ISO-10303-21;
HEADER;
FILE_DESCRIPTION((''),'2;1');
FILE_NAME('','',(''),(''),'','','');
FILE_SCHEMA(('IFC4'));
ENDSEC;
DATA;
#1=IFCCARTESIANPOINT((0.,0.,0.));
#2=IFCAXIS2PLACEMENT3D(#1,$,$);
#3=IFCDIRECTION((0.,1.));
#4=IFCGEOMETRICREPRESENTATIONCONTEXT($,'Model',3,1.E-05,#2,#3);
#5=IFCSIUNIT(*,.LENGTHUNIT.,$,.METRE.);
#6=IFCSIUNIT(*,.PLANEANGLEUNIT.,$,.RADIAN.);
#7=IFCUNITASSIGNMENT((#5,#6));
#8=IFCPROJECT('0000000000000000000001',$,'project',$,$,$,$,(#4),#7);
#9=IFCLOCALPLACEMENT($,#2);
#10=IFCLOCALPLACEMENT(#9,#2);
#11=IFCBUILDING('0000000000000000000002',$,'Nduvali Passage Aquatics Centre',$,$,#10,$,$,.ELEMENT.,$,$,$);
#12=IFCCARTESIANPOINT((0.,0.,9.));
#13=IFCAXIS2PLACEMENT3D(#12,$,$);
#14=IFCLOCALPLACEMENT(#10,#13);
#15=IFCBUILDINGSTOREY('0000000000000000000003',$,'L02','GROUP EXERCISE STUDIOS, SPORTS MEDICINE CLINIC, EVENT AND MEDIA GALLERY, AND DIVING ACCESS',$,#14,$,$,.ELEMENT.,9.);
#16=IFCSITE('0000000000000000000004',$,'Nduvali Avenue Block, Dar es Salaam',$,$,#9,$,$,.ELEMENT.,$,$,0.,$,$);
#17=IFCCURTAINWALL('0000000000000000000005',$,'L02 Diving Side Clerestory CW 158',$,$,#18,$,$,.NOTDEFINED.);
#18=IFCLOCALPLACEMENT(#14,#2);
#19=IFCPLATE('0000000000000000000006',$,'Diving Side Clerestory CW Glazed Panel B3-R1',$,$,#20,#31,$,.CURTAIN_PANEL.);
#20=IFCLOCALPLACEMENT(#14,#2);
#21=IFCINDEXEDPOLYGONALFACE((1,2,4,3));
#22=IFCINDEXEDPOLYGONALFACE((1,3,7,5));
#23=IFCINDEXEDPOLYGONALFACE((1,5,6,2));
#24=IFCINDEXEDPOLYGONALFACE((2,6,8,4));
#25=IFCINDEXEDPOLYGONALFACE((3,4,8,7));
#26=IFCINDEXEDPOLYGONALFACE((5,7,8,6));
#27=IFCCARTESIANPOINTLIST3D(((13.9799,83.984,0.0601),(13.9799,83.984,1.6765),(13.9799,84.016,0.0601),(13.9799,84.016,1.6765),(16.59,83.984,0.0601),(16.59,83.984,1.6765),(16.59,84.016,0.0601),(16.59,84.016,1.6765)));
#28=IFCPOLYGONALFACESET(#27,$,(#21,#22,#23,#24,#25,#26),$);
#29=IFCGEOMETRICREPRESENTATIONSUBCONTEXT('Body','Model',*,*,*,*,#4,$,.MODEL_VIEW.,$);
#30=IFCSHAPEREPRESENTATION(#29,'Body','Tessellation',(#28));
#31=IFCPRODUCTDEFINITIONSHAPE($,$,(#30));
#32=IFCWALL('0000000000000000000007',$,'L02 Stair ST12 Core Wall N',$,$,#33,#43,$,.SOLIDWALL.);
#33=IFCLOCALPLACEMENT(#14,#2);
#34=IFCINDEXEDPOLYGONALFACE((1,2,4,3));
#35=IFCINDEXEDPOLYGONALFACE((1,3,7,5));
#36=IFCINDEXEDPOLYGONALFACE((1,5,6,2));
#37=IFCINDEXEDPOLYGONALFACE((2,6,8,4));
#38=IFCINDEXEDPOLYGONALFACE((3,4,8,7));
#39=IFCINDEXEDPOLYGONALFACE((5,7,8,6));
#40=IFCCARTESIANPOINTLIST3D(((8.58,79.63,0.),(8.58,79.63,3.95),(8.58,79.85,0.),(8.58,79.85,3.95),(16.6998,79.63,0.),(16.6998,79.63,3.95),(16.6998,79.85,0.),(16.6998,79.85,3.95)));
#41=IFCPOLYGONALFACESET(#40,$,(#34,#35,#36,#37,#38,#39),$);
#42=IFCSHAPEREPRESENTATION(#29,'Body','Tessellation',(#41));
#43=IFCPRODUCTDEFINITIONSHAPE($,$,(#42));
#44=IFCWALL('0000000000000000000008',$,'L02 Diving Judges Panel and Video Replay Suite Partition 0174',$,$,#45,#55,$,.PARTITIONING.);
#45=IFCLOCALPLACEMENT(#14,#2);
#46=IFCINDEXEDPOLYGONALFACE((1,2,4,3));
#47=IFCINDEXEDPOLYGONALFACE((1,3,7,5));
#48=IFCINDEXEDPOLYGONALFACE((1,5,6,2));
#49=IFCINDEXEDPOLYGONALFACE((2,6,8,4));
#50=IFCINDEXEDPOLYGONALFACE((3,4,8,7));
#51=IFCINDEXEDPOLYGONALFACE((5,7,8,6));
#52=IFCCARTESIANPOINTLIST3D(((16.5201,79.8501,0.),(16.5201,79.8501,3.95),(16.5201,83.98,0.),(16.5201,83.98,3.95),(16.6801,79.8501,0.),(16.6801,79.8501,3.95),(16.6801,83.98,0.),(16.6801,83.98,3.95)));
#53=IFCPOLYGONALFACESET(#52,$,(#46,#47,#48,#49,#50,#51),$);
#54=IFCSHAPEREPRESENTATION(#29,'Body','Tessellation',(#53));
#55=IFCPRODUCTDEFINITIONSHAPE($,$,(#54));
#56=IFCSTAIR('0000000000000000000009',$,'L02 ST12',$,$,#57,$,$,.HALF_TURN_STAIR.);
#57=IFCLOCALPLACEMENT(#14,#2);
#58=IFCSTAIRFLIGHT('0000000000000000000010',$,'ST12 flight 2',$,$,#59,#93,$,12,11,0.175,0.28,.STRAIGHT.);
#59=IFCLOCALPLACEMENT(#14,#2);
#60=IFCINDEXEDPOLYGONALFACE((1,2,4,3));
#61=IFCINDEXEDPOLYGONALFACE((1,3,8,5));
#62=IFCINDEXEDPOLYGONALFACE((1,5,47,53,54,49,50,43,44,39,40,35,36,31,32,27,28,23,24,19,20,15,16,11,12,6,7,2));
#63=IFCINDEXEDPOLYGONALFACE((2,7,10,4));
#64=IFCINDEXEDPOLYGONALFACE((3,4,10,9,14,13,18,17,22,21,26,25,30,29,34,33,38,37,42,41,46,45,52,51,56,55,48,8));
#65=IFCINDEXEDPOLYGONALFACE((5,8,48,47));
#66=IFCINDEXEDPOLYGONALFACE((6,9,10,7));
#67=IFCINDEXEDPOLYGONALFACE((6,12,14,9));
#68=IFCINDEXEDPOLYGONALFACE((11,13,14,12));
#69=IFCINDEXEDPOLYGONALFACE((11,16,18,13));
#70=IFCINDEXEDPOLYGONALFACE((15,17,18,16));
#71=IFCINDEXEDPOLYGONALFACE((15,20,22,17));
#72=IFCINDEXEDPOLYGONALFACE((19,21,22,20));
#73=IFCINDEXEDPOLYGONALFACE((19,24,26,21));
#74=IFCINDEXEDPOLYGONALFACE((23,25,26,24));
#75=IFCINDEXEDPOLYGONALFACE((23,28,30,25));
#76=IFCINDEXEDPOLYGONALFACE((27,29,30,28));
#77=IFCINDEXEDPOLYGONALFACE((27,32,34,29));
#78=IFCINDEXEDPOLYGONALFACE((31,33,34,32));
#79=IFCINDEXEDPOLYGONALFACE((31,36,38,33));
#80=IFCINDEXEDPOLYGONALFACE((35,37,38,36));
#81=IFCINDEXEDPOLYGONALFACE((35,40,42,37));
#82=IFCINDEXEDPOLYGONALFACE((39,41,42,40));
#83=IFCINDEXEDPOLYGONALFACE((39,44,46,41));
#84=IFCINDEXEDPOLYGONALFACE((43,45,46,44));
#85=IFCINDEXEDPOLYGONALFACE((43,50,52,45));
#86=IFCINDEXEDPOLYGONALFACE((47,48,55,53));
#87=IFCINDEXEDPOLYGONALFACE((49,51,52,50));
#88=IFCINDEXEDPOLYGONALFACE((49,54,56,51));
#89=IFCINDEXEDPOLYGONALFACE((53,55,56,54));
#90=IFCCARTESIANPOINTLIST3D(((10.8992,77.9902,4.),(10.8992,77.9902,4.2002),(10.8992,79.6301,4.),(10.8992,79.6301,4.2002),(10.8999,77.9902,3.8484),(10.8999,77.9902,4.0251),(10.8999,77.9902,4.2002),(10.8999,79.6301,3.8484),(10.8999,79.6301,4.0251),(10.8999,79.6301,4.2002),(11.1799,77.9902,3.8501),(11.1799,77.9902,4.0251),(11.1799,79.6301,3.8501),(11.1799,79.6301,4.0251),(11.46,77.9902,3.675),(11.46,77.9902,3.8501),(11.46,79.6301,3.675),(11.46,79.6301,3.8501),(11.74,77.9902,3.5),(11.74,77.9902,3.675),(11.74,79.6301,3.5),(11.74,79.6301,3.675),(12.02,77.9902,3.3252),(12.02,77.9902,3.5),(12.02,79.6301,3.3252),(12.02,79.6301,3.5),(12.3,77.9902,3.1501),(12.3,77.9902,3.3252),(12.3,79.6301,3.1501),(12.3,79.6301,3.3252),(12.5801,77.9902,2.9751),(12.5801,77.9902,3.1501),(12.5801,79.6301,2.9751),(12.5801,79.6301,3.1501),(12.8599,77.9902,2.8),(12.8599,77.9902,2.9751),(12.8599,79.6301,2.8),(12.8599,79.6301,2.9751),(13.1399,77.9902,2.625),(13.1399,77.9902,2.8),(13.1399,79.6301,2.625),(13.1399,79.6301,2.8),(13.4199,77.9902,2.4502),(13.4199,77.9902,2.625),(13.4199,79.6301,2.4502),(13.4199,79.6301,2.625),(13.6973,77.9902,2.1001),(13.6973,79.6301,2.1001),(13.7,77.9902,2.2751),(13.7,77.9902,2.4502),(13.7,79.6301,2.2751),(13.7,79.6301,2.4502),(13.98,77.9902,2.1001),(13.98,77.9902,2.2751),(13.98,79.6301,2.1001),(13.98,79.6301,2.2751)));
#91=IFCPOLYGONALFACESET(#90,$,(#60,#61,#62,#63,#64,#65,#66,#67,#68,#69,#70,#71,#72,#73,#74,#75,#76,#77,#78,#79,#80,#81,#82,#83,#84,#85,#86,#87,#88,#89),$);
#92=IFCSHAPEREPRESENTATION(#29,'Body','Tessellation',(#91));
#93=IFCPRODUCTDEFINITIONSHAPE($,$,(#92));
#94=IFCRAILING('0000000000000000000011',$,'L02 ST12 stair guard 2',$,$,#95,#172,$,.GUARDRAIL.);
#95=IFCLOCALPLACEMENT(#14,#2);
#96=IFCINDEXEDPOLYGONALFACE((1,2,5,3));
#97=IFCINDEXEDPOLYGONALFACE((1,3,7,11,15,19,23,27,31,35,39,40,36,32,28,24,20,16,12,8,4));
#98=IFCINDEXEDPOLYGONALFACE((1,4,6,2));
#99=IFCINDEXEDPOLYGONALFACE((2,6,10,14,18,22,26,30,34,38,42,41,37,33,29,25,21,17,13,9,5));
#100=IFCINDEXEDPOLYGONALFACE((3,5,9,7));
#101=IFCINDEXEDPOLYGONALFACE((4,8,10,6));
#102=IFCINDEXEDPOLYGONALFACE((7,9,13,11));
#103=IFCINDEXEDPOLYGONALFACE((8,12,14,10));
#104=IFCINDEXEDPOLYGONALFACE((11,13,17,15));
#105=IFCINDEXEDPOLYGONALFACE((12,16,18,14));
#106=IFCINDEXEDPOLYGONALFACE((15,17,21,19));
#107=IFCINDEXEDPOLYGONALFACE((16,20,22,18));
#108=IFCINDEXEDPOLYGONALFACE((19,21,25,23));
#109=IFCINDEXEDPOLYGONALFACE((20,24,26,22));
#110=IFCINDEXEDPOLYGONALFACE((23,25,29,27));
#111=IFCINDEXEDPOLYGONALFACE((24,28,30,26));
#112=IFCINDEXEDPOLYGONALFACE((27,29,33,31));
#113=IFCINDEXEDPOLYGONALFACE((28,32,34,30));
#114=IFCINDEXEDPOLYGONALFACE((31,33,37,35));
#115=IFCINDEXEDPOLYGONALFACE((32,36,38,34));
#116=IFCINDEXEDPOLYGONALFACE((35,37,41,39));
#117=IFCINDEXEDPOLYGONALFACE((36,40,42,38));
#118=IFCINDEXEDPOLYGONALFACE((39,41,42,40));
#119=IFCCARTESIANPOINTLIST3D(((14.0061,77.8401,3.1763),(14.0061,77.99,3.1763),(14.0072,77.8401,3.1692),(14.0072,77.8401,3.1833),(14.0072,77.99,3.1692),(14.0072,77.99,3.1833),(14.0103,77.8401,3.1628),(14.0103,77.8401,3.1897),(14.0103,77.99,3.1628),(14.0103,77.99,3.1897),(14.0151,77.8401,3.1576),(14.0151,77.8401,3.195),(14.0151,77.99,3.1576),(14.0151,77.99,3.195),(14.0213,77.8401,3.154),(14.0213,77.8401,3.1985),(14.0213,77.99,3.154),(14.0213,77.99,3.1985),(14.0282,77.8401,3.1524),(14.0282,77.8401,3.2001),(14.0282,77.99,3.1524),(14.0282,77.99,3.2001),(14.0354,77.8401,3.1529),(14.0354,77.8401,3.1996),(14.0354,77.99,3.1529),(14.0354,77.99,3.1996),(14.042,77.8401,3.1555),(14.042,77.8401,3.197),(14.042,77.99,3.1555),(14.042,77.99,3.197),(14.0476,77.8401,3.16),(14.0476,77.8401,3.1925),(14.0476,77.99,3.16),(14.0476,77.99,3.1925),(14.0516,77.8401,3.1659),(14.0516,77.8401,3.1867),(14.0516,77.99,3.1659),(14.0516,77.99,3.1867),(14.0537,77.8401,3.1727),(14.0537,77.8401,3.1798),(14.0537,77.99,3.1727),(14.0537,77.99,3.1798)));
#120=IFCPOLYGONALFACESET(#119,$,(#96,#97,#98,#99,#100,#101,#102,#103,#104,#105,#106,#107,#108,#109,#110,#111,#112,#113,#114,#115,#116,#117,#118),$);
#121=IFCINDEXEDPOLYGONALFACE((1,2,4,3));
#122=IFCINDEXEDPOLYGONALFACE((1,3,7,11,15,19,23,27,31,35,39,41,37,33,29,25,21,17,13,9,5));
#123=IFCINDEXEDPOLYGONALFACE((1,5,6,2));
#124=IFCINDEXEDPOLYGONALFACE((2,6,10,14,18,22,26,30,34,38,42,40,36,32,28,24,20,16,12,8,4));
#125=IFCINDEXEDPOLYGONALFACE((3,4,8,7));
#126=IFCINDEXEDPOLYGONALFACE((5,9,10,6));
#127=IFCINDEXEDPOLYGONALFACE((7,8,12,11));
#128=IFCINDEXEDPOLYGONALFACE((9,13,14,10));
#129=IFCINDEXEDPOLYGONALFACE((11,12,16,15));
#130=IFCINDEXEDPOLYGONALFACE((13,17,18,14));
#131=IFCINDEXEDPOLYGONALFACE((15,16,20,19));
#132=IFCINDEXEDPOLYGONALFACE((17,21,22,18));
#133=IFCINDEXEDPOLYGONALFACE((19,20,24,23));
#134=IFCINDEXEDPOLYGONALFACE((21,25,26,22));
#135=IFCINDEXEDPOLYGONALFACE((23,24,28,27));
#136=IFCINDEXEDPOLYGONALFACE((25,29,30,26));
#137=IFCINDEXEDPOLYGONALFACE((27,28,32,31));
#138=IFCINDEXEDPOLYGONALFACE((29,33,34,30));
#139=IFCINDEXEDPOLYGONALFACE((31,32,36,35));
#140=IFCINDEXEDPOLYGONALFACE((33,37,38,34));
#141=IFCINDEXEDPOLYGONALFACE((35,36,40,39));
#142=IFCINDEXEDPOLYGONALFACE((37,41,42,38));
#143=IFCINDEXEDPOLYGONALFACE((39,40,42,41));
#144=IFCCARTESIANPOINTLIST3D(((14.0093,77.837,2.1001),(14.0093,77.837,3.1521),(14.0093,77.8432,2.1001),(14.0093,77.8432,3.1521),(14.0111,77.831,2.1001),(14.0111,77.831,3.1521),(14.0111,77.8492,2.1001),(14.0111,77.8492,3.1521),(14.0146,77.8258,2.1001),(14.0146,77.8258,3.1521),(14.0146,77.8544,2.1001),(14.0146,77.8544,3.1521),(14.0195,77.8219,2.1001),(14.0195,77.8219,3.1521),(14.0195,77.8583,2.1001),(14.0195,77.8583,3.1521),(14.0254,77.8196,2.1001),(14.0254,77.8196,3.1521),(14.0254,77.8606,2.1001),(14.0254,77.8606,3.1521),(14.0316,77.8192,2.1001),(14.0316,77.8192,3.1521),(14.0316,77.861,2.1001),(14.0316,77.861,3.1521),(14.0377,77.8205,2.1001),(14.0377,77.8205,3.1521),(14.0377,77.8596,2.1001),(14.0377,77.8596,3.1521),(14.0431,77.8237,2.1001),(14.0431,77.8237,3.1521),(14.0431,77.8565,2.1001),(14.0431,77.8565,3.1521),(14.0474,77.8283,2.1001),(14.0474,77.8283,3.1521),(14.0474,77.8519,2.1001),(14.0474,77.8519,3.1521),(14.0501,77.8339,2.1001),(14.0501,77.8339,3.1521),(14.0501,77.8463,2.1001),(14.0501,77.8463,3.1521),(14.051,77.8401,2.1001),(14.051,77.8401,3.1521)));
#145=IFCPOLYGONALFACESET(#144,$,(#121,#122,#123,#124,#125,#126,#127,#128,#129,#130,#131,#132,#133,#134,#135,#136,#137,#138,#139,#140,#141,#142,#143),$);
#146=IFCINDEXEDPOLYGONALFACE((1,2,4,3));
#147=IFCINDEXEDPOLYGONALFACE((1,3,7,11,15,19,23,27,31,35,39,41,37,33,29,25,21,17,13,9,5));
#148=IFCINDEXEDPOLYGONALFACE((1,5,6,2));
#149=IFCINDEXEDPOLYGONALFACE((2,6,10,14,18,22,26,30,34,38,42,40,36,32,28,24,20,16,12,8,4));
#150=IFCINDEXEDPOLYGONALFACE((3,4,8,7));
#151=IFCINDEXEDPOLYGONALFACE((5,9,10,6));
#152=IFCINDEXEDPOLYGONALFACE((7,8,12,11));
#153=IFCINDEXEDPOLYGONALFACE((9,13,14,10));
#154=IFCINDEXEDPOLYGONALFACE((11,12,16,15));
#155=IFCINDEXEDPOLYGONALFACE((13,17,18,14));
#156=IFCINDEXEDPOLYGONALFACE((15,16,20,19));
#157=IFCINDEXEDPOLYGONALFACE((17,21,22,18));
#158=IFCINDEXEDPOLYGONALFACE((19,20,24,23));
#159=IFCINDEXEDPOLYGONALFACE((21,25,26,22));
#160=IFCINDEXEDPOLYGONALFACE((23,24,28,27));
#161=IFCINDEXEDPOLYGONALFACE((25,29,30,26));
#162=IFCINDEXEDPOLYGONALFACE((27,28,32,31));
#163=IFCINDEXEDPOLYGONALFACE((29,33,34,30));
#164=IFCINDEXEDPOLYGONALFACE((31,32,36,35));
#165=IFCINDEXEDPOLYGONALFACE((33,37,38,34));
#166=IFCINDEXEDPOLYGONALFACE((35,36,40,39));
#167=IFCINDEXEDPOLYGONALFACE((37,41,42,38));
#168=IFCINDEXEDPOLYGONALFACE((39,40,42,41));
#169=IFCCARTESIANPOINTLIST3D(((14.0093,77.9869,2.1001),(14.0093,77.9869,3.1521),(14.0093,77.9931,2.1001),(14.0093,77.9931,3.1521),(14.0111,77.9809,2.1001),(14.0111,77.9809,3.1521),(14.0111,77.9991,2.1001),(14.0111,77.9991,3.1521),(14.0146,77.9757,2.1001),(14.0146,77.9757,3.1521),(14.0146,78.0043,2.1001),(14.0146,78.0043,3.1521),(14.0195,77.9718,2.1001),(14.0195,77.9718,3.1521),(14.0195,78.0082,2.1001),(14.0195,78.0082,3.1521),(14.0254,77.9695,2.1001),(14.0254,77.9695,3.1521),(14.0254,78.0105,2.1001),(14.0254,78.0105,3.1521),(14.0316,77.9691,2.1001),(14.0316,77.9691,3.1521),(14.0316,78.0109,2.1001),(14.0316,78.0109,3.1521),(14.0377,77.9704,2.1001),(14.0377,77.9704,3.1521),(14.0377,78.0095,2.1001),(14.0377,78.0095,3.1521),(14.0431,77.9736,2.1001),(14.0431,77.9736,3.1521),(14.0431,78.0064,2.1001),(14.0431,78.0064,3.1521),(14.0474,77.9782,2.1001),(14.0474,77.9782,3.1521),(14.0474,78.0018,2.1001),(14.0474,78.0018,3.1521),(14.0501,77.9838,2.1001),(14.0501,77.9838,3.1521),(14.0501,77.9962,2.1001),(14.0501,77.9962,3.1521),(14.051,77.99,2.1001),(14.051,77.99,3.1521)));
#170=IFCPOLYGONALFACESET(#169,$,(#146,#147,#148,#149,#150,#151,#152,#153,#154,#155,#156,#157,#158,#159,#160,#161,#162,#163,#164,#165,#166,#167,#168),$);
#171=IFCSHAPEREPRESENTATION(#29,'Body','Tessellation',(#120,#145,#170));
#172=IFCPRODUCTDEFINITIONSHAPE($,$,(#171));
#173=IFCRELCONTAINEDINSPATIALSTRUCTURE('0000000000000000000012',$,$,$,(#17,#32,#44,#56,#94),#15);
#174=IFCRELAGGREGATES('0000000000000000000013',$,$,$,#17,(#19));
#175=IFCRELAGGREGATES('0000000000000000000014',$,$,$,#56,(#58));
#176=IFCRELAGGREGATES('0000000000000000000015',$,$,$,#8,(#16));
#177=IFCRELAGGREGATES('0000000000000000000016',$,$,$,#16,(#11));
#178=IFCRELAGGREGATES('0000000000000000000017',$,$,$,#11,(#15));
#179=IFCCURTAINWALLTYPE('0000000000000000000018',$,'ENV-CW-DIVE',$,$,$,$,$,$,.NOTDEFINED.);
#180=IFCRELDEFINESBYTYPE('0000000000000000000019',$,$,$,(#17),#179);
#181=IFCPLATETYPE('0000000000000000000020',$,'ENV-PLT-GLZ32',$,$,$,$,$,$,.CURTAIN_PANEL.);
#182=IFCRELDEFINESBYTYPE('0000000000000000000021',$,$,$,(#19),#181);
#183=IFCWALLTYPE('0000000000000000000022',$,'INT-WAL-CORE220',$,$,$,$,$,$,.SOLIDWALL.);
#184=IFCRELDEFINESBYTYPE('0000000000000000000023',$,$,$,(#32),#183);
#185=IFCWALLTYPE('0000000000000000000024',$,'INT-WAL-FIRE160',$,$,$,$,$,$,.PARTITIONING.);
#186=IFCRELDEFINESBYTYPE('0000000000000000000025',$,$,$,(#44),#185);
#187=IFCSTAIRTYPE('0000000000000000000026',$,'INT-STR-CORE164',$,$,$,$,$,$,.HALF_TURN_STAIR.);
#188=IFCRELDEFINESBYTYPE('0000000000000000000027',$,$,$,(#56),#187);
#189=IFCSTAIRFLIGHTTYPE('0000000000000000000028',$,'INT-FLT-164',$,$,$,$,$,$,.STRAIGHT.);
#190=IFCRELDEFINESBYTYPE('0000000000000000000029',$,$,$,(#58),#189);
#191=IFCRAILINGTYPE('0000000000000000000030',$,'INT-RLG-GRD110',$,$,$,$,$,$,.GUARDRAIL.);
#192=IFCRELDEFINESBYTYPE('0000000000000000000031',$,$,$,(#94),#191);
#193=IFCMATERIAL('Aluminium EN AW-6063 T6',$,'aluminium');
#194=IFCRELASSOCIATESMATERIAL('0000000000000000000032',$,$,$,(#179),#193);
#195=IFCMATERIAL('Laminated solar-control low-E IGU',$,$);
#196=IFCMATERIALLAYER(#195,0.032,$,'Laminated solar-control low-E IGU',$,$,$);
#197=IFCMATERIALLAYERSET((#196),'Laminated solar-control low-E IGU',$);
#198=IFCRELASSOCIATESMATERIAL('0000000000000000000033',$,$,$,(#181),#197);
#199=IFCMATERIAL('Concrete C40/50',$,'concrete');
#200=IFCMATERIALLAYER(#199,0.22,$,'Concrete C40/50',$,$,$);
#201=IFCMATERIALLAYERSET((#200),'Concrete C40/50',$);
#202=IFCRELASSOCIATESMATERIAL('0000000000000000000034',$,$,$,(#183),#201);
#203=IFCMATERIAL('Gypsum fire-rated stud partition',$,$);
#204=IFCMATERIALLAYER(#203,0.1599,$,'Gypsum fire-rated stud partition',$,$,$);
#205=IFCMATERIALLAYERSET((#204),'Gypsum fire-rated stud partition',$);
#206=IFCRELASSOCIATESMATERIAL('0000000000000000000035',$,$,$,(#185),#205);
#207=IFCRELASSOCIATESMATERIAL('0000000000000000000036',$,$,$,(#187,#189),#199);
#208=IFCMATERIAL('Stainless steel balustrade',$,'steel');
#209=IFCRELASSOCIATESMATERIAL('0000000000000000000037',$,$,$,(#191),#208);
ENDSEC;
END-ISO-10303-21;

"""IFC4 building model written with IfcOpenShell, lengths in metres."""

from ifc_helpers import new_model, si_unit, direction, frame, frame_2d, origin, origin_2d, place, context, subcontext, project, spatial, polyline, rectangle, circle, outline, extrude, material, layer, layer_set, type_object, element, aggregate, save


model = new_model("IFC4")

# Units and contexts
model_context = context("Model", 3, precision=1e-05, world=origin(), true_north=direction((0.0, 1.0)))
body_context = subcontext(model_context, "Body", "Model", "MODEL_VIEW")
ifc_project = project(units=[si_unit("LENGTHUNIT", "METRE"), si_unit("PLANEANGLEUNIT", "RADIAN")], contexts=[model_context])

# Site, building, storey
site_placement = place(None, origin())
site = spatial("IfcSite", under=ifc_project, at=site_placement, Name="Nduvali Avenue Block, Dar es Salaam", CompositionType="ELEMENT", RefElevation=0.0)
building_placement = place(site_placement, origin())
building = spatial("IfcBuilding", under=site, at=building_placement, Name="Nduvali Passage Aquatics Centre", CompositionType="ELEMENT")
storey_placement = place(building_placement, frame((0.0, 0.0, 9.0)))
storey = spatial("IfcBuildingStorey", under=building, at=storey_placement, Name="L02", Description="GROUP EXERCISE STUDIOS, SPORTS MEDICINE CLINIC, EVENT AND MEDIA GALLERY, AND DIVING ACCESS", CompositionType="ELEMENT", Elevation=9.0)

# Shared definitions
ifc_material_1 = material(Name="Concrete C40/50", Category="concrete")

# Curtain wall
ifc_material_2 = material(Name="Aluminium EN AW-6063 T6", Category="aluminium")
curtain_wall_type = type_object("IfcCurtainWallType", Name="ENV-CW-DIVE", PredefinedType="NOTDEFINED", material=ifc_material_2)
curtain_wall_placement = place(storey_placement, origin())
curtain_wall = element("IfcCurtainWall", 1, at=curtain_wall_placement, inside=storey, type_object=curtain_wall_type, Name="L02 Diving Side Clerestory CW 158", PredefinedType="NOTDEFINED")

# Plate
ifc_material_3 = material(Name="Laminated solar-control low-E IGU")
ifc_layer_1 = layer(ifc_material_3, 0.032, Name="Laminated solar-control low-E IGU")
ifc_layer_set_1 = layer_set([ifc_layer_1], Name="Laminated solar-control low-E IGU")
plate_type = type_object("IfcPlateType", Name="ENV-PLT-GLZ32", PredefinedType="CURTAIN_PANEL", material=ifc_layer_set_1)
plate_1_placement = place(storey_placement, frame((15.2849, 84.0, 0.0601), z_axis=(0.0, 0.0, 1.0), x_axis=(1.0, 0.0, 0.0)))
plate_1 = element("IfcPlate", 2, at=plate_1_placement, type_object=plate_type, Name="Diving Side Clerestory CW Glazed Panel B3-R1", PredefinedType="CURTAIN_PANEL", context=body_context, shape_type="SweptSolid", body=[
    extrude(rectangle(XDim=2.6101, YDim=0.032, at=origin_2d()), origin(), (0.0, 0.0, 1.0), 1.6165),
])
aggregate(curtain_wall, [plate_1])

# Walls
ifc_layer_2 = layer(ifc_material_1, 0.22, Name="Concrete C40/50")
ifc_layer_set_2 = layer_set([ifc_layer_2], Name="Concrete C40/50")
wall_type_1 = type_object("IfcWallType", Name="INT-WAL-CORE220", PredefinedType="SOLIDWALL", material=ifc_layer_set_2)
wall_1_placement = place(storey_placement, frame((16.7, 79.74, 0.0), z_axis=(0.0, 0.0, 1.0), x_axis=(-1.0, 0.0, 0.0)))
element("IfcWall", 3, at=wall_1_placement, inside=storey, type_object=wall_type_1, Name="L02 Stair ST12 Core Wall N", PredefinedType="SOLIDWALL", context=body_context, shape_type="SweptSolid", body=[
    extrude(rectangle(XDim=8.1199, YDim=0.22, at=frame_2d((4.0601, 0.0))), origin(), (0.0, 0.0, 1.0), 3.95),
])
ifc_material_4 = material(Name="Gypsum fire-rated stud partition")
ifc_layer_3 = layer(ifc_material_4, 0.1599, Name="Gypsum fire-rated stud partition")
ifc_layer_set_3 = layer_set([ifc_layer_3], Name="Gypsum fire-rated stud partition")
wall_type_2 = type_object("IfcWallType", Name="INT-WAL-FIRE160", PredefinedType="PARTITIONING", material=ifc_layer_set_3)
wall_2_placement = place(storey_placement, frame((16.6001, 79.8501, 0.0), z_axis=(0.0, 0.0, 1.0), x_axis=(0.0, 1.0, 0.0)))
element("IfcWall", 4, at=wall_2_placement, inside=storey, type_object=wall_type_2, Name="L02 Diving Judges Panel and Video Replay Suite Partition 0174", PredefinedType="PARTITIONING", context=body_context, shape_type="SweptSolid", body=[
    extrude(rectangle(XDim=4.1299, YDim=0.1599, at=frame_2d((2.0649, 0.0))), origin(), (0.0, 0.0, 1.0), 3.95),
])

# Stair, stair flight
stair_type = type_object("IfcStairType", Name="INT-STR-CORE164", PredefinedType="HALF_TURN_STAIR", material=ifc_material_1)
stair_placement = place(storey_placement, origin())
stair = element("IfcStair", 5, at=stair_placement, inside=storey, type_object=stair_type, Name="L02 ST12", PredefinedType="HALF_TURN_STAIR")
stair_flight_type = type_object("IfcStairFlightType", Name="INT-FLT-164", PredefinedType="STRAIGHT", material=ifc_material_1)
stair_flight_placement = place(storey_placement, frame((13.98, 78.8101, 2.1001), z_axis=(0.0, 0.0, 1.0), x_axis=(-1.0, 0.0, 0.0)))
stair_flight = element("IfcStairFlight", 6, at=stair_flight_placement, type_object=stair_flight_type, Name="ST12 flight 2", NumberOfRisers=12, NumberOfTreads=11, PredefinedType="STRAIGHT", RiserHeight=0.175, TreadLength=0.28, context=body_context, shape_type="SweptSolid", body=[
    extrude(outline(polyline([(0.0, 0.0), (0.0, 0.175), (0.28, 0.175), (0.28, 0.3501), (0.5601, 0.3501), (0.5601, 0.5249), (0.8401, 0.5249), (0.8401, 0.7), (1.1201, 0.7), (1.1201, 0.875), (1.3999, 0.875), (1.3999, 1.05), (1.6799, 1.05), (1.6799, 1.2251), (1.96, 1.2251), (1.96, 1.3999), (2.24, 1.3999), (2.24, 1.575), (2.52, 1.575), (2.52, 1.75), (2.8, 1.75), (2.8, 1.925), (3.0801, 1.925), (3.0801, 2.1001), (3.0808, 2.1001), (3.0808, 1.8999), (3.0801, 1.7483), (0.2827, 0.0), (0.0, 0.0)])), frame((0.0, 0.8198, 0.0), z_axis=(0.0, -1.0, 0.0), x_axis=(1.0, 0.0, 0.0)), (0.0, 0.0, 1.0), 1.6399),
])
aggregate(stair, [stair_flight])

# Railing
ifc_material_5 = material(Name="Stainless steel balustrade", Category="steel")
railing_type_1 = type_object("IfcRailingType", Name="INT-RLG-GRD110", PredefinedType="GUARDRAIL", material=ifc_material_5)
railing_1_placement = place(storey_placement, frame((14.03, 77.8401, 2.1001)))
element("IfcRailing", 7, at=railing_1_placement, inside=storey, type_object=railing_type_1, Name="L02 ST12 stair guard 2", PredefinedType="GUARDRAIL", context=body_context, shape_type="SweptSolid", body=[
    extrude(circle(Radius=0.0239, at=origin_2d()), frame((0.0, 0.0, 1.0762), z_axis=(0.0, 1.0, 0.0), x_axis=(-1.0, 0.0, 0.0)), (0.0, 0.0, 1.0), 0.1499),
    extrude(circle(Radius=0.021, at=origin_2d()), origin(), (0.0, 0.0, 1.0), 1.052),
    extrude(circle(Radius=0.021, at=origin_2d()), frame((0.0, 0.1499, 0.0)), (0.0, 0.0, 1.0), 1.052),
])

save(model, "model.ifc")
